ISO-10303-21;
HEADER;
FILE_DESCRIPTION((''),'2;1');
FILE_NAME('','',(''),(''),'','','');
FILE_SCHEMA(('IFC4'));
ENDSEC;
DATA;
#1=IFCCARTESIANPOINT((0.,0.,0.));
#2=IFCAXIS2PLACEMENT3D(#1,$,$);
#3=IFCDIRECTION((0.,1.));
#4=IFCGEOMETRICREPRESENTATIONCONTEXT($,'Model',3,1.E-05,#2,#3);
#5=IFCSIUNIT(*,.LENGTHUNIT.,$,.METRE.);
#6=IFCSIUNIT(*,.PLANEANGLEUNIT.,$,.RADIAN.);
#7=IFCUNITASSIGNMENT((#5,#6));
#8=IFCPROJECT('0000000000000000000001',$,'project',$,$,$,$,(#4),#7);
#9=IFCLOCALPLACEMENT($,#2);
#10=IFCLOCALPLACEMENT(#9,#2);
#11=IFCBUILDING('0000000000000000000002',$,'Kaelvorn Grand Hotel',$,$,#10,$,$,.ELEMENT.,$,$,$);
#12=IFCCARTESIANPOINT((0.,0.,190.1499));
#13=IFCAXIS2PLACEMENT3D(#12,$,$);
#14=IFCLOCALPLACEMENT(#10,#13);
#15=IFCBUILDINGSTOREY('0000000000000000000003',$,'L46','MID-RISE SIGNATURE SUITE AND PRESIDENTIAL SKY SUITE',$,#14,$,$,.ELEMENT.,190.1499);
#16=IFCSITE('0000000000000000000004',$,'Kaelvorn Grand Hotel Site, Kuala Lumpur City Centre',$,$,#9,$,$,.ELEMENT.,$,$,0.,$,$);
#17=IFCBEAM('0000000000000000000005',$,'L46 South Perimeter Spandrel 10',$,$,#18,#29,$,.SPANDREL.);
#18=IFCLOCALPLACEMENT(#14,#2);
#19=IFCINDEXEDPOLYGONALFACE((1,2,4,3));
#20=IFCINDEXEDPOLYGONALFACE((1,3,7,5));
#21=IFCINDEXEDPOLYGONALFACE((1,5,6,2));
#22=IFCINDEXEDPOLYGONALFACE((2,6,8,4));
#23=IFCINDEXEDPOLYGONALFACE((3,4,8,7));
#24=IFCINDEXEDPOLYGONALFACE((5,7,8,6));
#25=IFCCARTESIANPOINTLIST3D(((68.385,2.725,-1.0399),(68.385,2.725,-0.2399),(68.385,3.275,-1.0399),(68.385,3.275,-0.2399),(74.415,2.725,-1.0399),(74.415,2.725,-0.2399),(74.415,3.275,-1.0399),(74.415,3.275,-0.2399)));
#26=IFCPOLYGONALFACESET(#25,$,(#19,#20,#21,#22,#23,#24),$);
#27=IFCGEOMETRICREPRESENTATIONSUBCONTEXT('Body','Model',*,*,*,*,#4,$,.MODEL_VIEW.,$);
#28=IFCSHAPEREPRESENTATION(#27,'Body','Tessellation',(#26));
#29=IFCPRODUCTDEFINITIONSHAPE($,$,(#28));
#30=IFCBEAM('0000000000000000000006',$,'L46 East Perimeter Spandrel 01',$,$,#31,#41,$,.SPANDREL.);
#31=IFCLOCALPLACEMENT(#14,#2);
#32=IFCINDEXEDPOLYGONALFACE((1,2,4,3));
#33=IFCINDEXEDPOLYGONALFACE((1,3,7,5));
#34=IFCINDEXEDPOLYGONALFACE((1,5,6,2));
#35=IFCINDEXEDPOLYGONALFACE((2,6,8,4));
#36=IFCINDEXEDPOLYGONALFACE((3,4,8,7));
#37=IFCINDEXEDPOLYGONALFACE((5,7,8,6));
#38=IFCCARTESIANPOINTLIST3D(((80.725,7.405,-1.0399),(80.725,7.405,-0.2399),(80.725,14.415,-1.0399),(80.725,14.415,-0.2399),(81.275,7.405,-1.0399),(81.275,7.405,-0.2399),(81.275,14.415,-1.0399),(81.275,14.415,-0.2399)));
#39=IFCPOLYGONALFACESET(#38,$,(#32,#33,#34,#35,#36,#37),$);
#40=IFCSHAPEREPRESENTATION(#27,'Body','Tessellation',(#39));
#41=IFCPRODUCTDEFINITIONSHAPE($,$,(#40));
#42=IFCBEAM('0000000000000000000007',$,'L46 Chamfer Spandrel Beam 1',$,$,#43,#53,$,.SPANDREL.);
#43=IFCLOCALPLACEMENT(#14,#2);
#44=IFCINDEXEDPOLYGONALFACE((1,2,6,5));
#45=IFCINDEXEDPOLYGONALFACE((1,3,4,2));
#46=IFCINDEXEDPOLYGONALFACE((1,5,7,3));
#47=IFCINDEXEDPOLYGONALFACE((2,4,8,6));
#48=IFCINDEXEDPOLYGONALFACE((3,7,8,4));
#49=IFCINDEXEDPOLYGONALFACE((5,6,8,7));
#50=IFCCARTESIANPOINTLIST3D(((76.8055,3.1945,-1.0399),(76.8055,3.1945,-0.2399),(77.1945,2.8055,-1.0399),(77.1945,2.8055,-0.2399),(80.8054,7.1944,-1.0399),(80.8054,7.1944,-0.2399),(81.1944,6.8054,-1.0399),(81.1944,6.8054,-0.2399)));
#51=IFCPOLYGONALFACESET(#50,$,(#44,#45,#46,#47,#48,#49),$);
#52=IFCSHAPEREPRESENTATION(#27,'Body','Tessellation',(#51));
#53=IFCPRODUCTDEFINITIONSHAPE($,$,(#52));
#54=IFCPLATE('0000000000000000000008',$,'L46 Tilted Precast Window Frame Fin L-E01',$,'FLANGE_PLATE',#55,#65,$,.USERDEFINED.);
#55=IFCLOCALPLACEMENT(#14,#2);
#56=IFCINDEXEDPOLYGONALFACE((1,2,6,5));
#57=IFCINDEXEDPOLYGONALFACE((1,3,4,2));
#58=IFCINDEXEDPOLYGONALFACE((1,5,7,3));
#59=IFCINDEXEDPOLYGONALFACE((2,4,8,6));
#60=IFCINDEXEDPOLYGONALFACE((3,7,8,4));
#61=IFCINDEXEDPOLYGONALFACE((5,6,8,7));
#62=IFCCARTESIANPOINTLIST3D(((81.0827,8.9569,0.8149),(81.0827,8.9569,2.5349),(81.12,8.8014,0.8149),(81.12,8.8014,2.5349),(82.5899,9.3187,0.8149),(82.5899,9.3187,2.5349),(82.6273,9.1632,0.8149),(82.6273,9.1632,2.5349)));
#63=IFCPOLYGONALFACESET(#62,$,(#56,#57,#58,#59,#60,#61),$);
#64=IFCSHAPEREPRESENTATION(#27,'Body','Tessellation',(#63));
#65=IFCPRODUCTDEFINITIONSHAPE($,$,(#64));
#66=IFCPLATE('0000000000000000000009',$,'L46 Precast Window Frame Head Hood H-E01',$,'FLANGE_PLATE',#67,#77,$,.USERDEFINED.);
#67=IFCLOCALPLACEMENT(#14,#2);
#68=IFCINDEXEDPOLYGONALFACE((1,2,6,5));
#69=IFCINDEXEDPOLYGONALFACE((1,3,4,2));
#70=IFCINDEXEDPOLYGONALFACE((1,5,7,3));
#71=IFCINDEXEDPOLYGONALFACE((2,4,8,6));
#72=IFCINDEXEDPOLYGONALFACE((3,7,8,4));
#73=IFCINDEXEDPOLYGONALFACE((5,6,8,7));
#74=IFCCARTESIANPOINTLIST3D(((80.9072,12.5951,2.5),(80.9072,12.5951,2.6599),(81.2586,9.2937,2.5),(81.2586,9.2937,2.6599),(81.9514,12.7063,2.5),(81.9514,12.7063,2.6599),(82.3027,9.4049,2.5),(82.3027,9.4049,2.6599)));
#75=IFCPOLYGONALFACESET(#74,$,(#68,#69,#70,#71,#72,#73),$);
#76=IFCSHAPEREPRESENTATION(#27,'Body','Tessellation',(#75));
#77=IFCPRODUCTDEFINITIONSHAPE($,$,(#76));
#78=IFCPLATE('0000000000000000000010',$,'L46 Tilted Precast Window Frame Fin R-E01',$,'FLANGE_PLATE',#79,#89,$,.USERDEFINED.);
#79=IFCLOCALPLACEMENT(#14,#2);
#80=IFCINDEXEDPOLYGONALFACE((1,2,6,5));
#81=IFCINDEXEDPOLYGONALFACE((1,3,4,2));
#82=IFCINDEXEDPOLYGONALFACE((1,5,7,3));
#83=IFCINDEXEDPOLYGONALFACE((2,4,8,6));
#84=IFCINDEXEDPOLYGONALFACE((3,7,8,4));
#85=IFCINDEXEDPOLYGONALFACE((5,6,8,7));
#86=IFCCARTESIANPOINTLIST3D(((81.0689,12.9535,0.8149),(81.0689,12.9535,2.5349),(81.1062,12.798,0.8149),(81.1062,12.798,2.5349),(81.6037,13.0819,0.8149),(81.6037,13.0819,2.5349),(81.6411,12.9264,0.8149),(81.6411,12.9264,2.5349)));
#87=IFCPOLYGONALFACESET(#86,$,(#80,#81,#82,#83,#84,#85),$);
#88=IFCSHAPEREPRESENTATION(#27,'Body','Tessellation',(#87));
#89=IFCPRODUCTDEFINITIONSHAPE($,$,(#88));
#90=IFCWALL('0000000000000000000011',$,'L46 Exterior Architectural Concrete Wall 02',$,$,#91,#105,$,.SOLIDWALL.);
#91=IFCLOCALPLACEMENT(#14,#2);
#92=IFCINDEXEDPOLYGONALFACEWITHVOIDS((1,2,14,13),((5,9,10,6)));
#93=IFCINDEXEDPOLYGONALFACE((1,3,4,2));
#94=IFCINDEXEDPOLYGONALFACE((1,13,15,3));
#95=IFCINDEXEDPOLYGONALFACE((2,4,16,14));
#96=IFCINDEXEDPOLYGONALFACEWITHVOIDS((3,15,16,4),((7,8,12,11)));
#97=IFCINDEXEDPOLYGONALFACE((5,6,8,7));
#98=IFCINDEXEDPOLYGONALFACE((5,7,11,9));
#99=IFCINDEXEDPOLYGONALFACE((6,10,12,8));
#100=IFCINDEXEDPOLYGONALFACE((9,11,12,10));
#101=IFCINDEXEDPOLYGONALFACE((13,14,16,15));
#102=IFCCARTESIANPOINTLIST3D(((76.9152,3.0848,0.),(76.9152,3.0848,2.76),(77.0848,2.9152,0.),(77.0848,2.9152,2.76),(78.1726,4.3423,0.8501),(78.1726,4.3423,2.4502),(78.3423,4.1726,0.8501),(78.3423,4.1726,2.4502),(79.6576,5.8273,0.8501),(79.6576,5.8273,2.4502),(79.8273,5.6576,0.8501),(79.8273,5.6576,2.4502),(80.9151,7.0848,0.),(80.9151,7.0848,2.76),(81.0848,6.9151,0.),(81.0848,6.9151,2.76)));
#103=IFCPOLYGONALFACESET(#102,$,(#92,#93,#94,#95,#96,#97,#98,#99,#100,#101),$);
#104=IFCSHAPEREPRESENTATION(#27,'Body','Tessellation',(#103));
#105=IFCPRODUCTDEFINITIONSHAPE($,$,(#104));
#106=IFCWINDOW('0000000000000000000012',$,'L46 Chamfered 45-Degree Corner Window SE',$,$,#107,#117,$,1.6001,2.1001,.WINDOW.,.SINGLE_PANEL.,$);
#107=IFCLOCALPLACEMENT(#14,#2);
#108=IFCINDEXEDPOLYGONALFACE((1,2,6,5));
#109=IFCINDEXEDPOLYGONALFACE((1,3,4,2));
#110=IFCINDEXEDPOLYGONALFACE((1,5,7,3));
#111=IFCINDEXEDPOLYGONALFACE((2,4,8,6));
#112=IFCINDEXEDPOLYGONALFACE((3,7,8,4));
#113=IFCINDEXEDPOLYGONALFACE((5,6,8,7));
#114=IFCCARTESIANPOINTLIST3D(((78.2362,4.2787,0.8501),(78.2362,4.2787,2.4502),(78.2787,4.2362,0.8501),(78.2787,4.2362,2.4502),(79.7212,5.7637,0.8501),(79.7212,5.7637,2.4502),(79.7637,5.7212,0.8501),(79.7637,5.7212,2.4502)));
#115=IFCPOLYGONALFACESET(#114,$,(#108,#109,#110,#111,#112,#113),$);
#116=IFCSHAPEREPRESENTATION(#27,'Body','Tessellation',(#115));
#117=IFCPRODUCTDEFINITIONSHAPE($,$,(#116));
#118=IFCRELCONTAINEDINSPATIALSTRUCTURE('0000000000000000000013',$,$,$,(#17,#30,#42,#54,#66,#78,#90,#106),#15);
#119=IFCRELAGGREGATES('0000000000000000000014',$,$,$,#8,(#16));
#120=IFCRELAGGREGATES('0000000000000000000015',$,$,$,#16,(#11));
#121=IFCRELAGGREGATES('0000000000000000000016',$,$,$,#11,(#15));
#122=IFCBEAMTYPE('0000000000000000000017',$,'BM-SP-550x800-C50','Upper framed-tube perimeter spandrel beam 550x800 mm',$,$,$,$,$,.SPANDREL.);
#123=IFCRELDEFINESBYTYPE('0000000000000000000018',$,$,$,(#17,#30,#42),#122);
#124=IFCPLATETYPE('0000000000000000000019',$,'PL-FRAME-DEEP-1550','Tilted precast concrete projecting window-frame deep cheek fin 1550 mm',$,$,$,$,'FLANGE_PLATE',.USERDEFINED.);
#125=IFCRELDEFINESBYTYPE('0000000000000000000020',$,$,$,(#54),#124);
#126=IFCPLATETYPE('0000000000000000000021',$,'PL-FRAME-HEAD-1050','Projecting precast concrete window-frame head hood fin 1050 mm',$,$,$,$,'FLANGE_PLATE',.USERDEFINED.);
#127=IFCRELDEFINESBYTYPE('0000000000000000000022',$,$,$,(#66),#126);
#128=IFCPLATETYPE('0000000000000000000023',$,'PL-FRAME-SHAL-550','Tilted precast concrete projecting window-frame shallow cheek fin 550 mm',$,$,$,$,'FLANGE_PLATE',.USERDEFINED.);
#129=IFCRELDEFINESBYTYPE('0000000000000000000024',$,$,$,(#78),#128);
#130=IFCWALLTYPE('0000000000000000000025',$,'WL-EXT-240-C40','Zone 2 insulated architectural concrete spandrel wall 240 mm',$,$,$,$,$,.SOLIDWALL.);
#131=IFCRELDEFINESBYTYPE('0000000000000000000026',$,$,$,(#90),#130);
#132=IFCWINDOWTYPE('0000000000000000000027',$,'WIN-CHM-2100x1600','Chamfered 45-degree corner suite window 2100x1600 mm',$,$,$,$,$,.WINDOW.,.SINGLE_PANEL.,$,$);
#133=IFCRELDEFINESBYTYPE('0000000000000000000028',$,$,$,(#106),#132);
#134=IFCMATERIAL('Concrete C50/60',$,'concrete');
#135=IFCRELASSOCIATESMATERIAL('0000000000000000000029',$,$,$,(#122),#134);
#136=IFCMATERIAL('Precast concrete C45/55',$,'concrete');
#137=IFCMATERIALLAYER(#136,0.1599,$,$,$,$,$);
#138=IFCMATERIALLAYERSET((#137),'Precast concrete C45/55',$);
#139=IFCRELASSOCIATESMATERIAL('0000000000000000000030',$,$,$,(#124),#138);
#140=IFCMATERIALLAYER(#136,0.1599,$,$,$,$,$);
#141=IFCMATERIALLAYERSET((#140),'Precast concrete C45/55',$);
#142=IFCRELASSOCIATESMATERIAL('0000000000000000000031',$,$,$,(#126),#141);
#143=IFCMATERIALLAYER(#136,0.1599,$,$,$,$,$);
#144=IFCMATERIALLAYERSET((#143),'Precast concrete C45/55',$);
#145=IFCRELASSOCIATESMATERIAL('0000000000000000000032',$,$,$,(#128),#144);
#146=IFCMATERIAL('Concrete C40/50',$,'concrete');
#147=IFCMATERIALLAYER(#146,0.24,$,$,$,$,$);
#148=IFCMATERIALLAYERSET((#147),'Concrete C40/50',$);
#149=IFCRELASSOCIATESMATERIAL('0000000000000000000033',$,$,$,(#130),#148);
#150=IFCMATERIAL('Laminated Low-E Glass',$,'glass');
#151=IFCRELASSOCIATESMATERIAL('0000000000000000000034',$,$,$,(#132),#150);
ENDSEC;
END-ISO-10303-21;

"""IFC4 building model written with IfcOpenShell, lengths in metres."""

from ifc_helpers import new_model, si_unit, direction, frame, frame_2d, origin, origin_2d, place, context, subcontext, project, spatial, rectangle, extrude, material, layer, layer_set, material_profile, profile_set, type_object, element, fill, save


model = new_model("IFC4")

# Units and contexts
model_context = context("Model", 3, precision=1e-05, world=origin(), true_north=direction((0.0, 1.0)))
body_context = subcontext(model_context, "Body", "Model", "MODEL_VIEW")
ifc_project = project(units=[si_unit("LENGTHUNIT", "METRE"), si_unit("PLANEANGLEUNIT", "RADIAN")], contexts=[model_context])

# Site, building, storey
site_placement = place(None, origin())
site = spatial("IfcSite", under=ifc_project, at=site_placement, Name="Kaelvorn Grand Hotel Site, Kuala Lumpur City Centre", CompositionType="ELEMENT", RefElevation=0.0)
building_placement = place(site_placement, origin())
building = spatial("IfcBuilding", under=site, at=building_placement, Name="Kaelvorn Grand Hotel", CompositionType="ELEMENT")
storey_placement = place(building_placement, frame((0.0, 0.0, 190.1499)))
storey = spatial("IfcBuildingStorey", under=building, at=storey_placement, Name="L46", Description="MID-RISE SIGNATURE SUITE AND PRESIDENTIAL SKY SUITE", CompositionType="ELEMENT", Elevation=190.1499)

# Beams
ifc_material_1 = material(Name="Concrete C50/60", Category="concrete")
ifc_material_profile_1 = material_profile(ifc_material_1, rectangle(XDim=0.55, YDim=0.8, at=origin_2d()), Name="RC SPANDREL 550x800")
ifc_profile_set_1 = profile_set([ifc_material_profile_1], Name="Concrete C50/60")
beam_type_1 = type_object("IfcBeamType", Name="BM-SP-550x800-C50", Description="Upper framed-tube perimeter spandrel beam 550x800 mm", PredefinedType="SPANDREL", material=ifc_profile_set_1)
beam_1_placement = place(storey_placement, frame((68.385, 3.0, -0.6399), z_axis=(1.0, 0.0, 0.0), x_axis=(0.0, 1.0, 0.0)))
element("IfcBeam", 1, at=beam_1_placement, inside=storey, type_object=beam_type_1, Name="L46 South Perimeter Spandrel 10", PredefinedType="SPANDREL", context=body_context, shape_type="SweptSolid", body=[
    extrude(rectangle(XDim=0.55, YDim=0.8, at=origin_2d()), origin(), (0.0, 0.0, 1.0), 6.03),
])
beam_2_placement = place(storey_placement, frame((81.0, 7.405, -0.6399), z_axis=(0.0, 1.0, 0.0), x_axis=(-1.0, 0.0, 0.0)))
element("IfcBeam", 2, at=beam_2_placement, inside=storey, type_object=beam_type_1, Name="L46 East Perimeter Spandrel 01", PredefinedType="SPANDREL", context=body_context, shape_type="SweptSolid", body=[
    extrude(rectangle(XDim=0.55, YDim=0.8, at=origin_2d()), origin(), (0.0, 0.0, 1.0), 7.01),
])
beam_3_placement = place(storey_placement, frame((77.0, 3.0, -0.6399), z_axis=(0.707107, 0.707107, 0.0), x_axis=(-0.707107, 0.707107, 0.0)))
element("IfcBeam", 3, at=beam_3_placement, inside=storey, type_object=beam_type_1, Name="L46 Chamfer Spandrel Beam 1", PredefinedType="SPANDREL", context=body_context, shape_type="SweptSolid", body=[
    extrude(rectangle(XDim=0.55, YDim=0.8, at=origin_2d()), origin(), (0.0, 0.0, 1.0), 5.6567),
])

# Plates
ifc_material_2 = material(Name="Precast concrete C45/55", Category="concrete")
ifc_layer_1 = layer(ifc_material_2, 0.1599)
ifc_layer_set_1 = layer_set([ifc_layer_1], Name="Precast concrete C45/55")
plate_type_1 = type_object("IfcPlateType", Name="PL-FRAME-DEEP-1550", Description="Tilted precast concrete projecting window-frame deep cheek fin 1550 mm", ElementType="FLANGE_PLATE", PredefinedType="USERDEFINED", material=ifc_layer_set_1)
plate_1_placement = place(storey_placement, frame((81.855, 9.0601, 0.8149), z_axis=(0.0, 0.0, 1.0), x_axis=(-0.233445, 0.97237, 0.0)))
element("IfcPlate", 4, at=plate_1_placement, inside=storey, type_object=plate_type_1, Name="L46 Tilted Precast Window Frame Fin L-E01", ObjectType="FLANGE_PLATE", PredefinedType="USERDEFINED", context=body_context, shape_type="SweptSolid", body=[
    extrude(rectangle(XDim=0.1599, YDim=1.55, at=origin_2d()), origin(), (0.0, 0.0, 1.0), 1.72),
])
ifc_layer_2 = layer(ifc_material_2, 0.1599)
ifc_layer_set_2 = layer_set([ifc_layer_2], Name="Precast concrete C45/55")
plate_type_2 = type_object("IfcPlateType", Name="PL-FRAME-HEAD-1050", Description="Projecting precast concrete window-frame head hood fin 1050 mm", ElementType="FLANGE_PLATE", PredefinedType="USERDEFINED", material=ifc_layer_set_2)
plate_2_placement = place(storey_placement, frame((81.605, 11.0, 2.5), z_axis=(0.0, 0.0, 1.0), x_axis=(-0.10583, 0.994384, 0.0)))
element("IfcPlate", 5, at=plate_2_placement, inside=storey, type_object=plate_type_2, Name="L46 Precast Window Frame Head Hood H-E01", ObjectType="FLANGE_PLATE", PredefinedType="USERDEFINED", context=body_context, shape_type="SweptSolid", body=[
    extrude(rectangle(XDim=3.3201, YDim=1.05, at=origin_2d()), origin(), (0.0, 0.0, 1.0), 0.1599),
])
ifc_layer_3 = layer(ifc_material_2, 0.1599)
ifc_layer_set_3 = layer_set([ifc_layer_3], Name="Precast concrete C45/55")
plate_type_3 = type_object("IfcPlateType", Name="PL-FRAME-SHAL-550", Description="Tilted precast concrete projecting window-frame shallow cheek fin 550 mm", ElementType="FLANGE_PLATE", PredefinedType="USERDEFINED", material=ifc_layer_set_3)
plate_3_placement = place(storey_placement, frame((81.355, 12.9399, 0.8149), z_axis=(0.0, 0.0, 1.0), x_axis=(-0.233445, 0.97237, 0.0)))
element("IfcPlate", 6, at=plate_3_placement, inside=storey, type_object=plate_type_3, Name="L46 Tilted Precast Window Frame Fin R-E01", ObjectType="FLANGE_PLATE", PredefinedType="USERDEFINED", context=body_context, shape_type="SweptSolid", body=[
    extrude(rectangle(XDim=0.1599, YDim=0.55, at=origin_2d()), origin(), (0.0, 0.0, 1.0), 1.72),
])

# Wall, opening, window
ifc_material_3 = material(Name="Concrete C40/50", Category="concrete")
ifc_layer_4 = layer(ifc_material_3, 0.24)
ifc_layer_set_4 = layer_set([ifc_layer_4], Name="Concrete C40/50")
wall_type_1 = type_object("IfcWallType", Name="WL-EXT-240-C40", Description="Zone 2 insulated architectural concrete spandrel wall 240 mm", PredefinedType="SOLIDWALL", material=ifc_layer_set_4)
wall_1_placement = place(storey_placement, frame((77.0, 3.0, 0.0), z_axis=(0.0, 0.0, 1.0), x_axis=(0.707107, 0.707107, 0.0)))
wall_1 = element("IfcWall", 7, at=wall_1_placement, inside=storey, type_object=wall_type_1, Name="L46 Exterior Architectural Concrete Wall 02", PredefinedType="SOLIDWALL", context=body_context, shape_type="SweptSolid", body=[
    extrude(rectangle(XDim=5.6567, YDim=0.24, at=frame_2d((2.8284, 0.0))), origin(), (0.0, 0.0, 1.0), 2.76),
])
opening_1_placement = place(wall_1_placement, frame((1.7783, 0.0, 0.8501)))
opening_1 = element("IfcOpeningElement", 8, at=opening_1_placement, cuts=wall_1, PredefinedType="OPENING", context=body_context, shape_type="SweptSolid", body=[
    extrude(rectangle(XDim=2.1001, YDim=1.6001, at=frame_2d((1.05, 0.8))), frame((0.0, 0.1299, 0.0), z_axis=(0.0, -1.0, 0.0), x_axis=(1.0, 0.0, 0.0)), (0.0, 0.0, 1.0), 0.26),
])
ifc_material_4 = material(Name="Laminated Low-E Glass", Category="glass")
window_type_1 = type_object("IfcWindowType", Name="WIN-CHM-2100x1600", Description="Chamfered 45-degree corner suite window 2100x1600 mm", PartitioningType="SINGLE_PANEL", PredefinedType="WINDOW", material=ifc_material_4)
window_1_placement = place(opening_1_placement, origin())
window_1 = element("IfcWindow", 9, at=window_1_placement, inside=storey, type_object=window_type_1, Name="L46 Chamfered 45-Degree Corner Window SE", OverallHeight=1.6001, OverallWidth=2.1001, PartitioningType="SINGLE_PANEL", PredefinedType="WINDOW", context=body_context, shape_type="SweptSolid", body=[
    extrude(rectangle(XDim=2.1001, YDim=1.6001, at=frame_2d((1.05, 0.8))), frame((0.0, 0.03, 0.0), z_axis=(0.0, -1.0, 0.0), x_axis=(1.0, 0.0, 0.0)), (0.0, 0.0, 1.0), 0.0601),
])
fill(opening_1, window_1)

save(model, "model.ifc")
